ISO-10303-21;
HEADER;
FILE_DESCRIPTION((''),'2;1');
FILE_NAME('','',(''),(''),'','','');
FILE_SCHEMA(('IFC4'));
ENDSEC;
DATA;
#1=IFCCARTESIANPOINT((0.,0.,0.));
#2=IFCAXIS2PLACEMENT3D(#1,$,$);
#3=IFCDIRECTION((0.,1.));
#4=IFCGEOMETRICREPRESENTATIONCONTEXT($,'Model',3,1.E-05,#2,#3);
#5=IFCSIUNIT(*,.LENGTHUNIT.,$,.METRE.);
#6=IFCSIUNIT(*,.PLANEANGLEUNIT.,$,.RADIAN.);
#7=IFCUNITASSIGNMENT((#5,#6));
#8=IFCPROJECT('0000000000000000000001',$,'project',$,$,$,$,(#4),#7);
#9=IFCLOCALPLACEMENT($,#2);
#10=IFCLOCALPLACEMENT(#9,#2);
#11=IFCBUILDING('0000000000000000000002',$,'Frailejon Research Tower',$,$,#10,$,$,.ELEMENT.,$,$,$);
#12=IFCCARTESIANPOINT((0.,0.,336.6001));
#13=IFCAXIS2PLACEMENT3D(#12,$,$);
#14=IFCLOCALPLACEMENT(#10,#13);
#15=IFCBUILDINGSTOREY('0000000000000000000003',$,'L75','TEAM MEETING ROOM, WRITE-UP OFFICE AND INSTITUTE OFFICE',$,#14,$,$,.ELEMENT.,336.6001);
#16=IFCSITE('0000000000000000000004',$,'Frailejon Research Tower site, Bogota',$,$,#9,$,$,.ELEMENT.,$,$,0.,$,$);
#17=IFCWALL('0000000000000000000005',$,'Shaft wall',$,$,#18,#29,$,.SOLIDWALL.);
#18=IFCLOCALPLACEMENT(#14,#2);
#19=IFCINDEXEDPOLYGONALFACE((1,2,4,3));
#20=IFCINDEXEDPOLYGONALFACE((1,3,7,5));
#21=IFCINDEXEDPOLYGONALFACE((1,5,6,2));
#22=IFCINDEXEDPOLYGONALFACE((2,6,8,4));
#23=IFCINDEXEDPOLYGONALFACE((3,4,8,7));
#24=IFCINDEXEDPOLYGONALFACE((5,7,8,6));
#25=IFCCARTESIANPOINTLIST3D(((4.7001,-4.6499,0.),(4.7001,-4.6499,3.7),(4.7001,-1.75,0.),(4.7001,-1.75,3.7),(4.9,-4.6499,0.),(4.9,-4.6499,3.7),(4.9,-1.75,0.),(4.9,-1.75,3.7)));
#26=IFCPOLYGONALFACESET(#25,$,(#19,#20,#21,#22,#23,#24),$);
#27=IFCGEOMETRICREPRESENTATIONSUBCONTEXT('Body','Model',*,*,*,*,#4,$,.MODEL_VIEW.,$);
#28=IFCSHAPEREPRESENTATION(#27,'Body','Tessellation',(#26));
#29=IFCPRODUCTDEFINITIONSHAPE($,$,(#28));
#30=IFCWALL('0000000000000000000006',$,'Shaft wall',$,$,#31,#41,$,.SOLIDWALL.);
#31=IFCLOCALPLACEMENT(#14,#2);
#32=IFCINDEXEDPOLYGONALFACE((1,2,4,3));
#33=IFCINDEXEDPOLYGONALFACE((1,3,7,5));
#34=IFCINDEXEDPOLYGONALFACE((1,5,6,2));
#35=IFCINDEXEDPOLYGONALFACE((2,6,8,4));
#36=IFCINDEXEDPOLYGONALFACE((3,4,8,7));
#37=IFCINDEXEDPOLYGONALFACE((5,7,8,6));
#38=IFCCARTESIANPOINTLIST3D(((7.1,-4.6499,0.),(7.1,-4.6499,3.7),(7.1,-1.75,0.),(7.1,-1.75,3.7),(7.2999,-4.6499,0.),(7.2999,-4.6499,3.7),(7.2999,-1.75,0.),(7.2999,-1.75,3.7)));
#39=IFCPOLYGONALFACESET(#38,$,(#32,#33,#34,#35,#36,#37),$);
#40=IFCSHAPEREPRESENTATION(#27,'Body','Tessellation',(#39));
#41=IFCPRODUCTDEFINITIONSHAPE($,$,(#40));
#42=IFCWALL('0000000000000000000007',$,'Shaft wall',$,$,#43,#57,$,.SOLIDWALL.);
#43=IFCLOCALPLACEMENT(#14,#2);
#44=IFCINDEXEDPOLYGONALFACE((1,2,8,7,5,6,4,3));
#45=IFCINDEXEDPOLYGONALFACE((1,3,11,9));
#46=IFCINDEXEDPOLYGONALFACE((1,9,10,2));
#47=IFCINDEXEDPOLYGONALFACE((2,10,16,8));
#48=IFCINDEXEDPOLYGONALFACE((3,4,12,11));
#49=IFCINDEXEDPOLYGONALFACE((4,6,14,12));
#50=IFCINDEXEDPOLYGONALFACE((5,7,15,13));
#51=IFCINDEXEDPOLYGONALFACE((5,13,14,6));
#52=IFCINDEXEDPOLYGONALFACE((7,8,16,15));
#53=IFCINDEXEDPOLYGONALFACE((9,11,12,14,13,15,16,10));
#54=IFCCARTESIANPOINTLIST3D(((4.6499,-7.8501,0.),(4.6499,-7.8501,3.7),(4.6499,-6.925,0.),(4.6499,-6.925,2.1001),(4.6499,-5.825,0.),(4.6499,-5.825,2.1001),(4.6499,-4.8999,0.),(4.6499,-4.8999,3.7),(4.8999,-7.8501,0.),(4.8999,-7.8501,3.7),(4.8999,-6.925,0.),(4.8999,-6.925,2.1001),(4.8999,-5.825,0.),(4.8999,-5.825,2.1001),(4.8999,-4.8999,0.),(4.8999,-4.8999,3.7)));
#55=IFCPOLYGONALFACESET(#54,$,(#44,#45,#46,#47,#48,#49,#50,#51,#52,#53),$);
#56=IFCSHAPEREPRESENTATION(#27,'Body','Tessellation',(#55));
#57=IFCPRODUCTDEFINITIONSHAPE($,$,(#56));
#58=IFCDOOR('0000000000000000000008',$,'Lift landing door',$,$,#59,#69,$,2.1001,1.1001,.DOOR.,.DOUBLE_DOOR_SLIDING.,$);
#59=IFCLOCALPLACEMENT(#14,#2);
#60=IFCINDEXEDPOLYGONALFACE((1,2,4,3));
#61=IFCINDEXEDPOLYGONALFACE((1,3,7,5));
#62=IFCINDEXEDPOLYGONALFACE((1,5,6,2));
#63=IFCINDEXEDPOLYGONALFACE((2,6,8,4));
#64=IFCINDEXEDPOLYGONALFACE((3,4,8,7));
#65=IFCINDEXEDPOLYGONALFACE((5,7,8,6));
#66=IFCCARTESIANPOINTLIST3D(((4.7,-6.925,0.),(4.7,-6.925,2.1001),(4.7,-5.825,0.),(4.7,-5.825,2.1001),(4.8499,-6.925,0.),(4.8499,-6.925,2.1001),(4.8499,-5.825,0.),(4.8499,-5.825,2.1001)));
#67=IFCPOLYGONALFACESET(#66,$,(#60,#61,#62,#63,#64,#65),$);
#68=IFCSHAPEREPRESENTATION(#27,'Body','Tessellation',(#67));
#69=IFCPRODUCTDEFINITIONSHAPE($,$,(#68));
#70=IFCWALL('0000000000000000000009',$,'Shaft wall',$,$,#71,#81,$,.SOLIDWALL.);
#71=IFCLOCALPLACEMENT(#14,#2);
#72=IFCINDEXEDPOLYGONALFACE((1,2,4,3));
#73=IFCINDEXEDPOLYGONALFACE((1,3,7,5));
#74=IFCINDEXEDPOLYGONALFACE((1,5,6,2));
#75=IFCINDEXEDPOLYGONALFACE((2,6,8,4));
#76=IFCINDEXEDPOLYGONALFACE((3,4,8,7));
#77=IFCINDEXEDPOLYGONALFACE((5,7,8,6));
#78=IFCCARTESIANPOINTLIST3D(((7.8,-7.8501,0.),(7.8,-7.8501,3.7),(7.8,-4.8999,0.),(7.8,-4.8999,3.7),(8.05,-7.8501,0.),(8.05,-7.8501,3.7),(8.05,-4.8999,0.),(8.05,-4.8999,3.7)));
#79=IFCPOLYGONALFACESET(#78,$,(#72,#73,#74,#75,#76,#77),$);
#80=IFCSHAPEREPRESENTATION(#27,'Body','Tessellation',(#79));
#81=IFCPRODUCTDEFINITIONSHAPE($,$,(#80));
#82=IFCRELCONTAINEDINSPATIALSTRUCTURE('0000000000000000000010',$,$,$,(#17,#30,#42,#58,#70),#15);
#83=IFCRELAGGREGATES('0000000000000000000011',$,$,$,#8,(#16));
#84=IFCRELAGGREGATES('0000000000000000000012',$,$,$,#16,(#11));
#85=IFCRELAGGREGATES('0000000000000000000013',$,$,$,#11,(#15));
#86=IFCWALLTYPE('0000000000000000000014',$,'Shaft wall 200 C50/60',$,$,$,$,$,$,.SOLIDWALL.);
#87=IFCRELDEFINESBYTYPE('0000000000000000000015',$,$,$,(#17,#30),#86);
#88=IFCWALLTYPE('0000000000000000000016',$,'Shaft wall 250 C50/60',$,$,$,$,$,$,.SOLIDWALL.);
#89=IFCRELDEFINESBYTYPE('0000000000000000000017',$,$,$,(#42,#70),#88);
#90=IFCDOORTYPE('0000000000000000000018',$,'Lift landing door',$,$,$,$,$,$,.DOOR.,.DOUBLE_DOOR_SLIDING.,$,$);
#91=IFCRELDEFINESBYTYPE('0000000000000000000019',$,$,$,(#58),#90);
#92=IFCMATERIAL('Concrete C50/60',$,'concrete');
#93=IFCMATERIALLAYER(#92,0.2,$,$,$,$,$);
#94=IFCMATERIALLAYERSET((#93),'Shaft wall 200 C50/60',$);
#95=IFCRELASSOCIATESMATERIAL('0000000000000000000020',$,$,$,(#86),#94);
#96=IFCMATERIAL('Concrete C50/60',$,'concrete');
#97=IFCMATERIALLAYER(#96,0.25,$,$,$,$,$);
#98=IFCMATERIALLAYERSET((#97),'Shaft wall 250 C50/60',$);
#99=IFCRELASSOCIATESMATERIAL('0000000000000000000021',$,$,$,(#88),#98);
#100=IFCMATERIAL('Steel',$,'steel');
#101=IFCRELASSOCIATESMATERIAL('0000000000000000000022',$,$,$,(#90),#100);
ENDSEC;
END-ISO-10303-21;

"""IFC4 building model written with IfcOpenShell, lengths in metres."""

from ifc_helpers import new_model, si_unit, direction, frame, frame_2d, origin, place, context, subcontext, project, spatial, rectangle, extrude, material, layer, layer_set, type_object, element, fill, save


model = new_model("IFC4")

# Units and contexts
model_context = context("Model", 3, precision=1e-05, world=origin(), true_north=direction((0.0, 1.0)))
body_context = subcontext(model_context, "Body", "Model", "MODEL_VIEW")
ifc_project = project(units=[si_unit("LENGTHUNIT", "METRE"), si_unit("PLANEANGLEUNIT", "RADIAN")], contexts=[model_context])

# Site, building, storey
site_placement = place(None, origin())
site = spatial("IfcSite", under=ifc_project, at=site_placement, Name="Frailejon Research Tower site, Bogota", CompositionType="ELEMENT", RefElevation=0.0)
building_placement = place(site_placement, origin())
building = spatial("IfcBuilding", under=site, at=building_placement, Name="Frailejon Research Tower", CompositionType="ELEMENT")
storey_placement = place(building_placement, frame((0.0, 0.0, 336.6001)))
storey = spatial("IfcBuildingStorey", under=building, at=storey_placement, Name="L75", Description="TEAM MEETING ROOM, WRITE-UP OFFICE AND INSTITUTE OFFICE", CompositionType="ELEMENT", Elevation=336.6001)

# Walls
ifc_material_1 = material(Name="Concrete C50/60", Category="concrete")
ifc_layer_1 = layer(ifc_material_1, 0.2)
ifc_layer_set_1 = layer_set([ifc_layer_1], Name="Shaft wall 200 C50/60")
wall_type_1 = type_object("IfcWallType", Name="Shaft wall 200 C50/60", PredefinedType="SOLIDWALL", material=ifc_layer_set_1)
for number, where, z_axis, x_axis, name in (
    (1, (4.8, -4.6499, 0.0), (0.0, 0.0, 1.0), (0.0, 1.0, 0.0), "Shaft wall"),
    (2, (7.2, -4.6499, 0.0), (0.0, 0.0, 1.0), (0.0, 1.0, 0.0), "Shaft wall"),
):
    element("IfcWall", number, at=place(storey_placement, frame(where, z_axis=z_axis, x_axis=x_axis)), inside=storey, type_object=wall_type_1, Name=name, PredefinedType="SOLIDWALL", context=body_context, shape_type="SweptSolid", body=[
        extrude(rectangle(XDim=2.8999, YDim=0.2, at=frame_2d((1.45, 0.0))), origin(), (0.0, 0.0, 1.0), 3.7),
    ])

# Wall, opening, door
ifc_material_2 = material(Name="Concrete C50/60", Category="concrete")
ifc_layer_2 = layer(ifc_material_2, 0.25)
ifc_layer_set_2 = layer_set([ifc_layer_2], Name="Shaft wall 250 C50/60")
wall_type_2 = type_object("IfcWallType", Name="Shaft wall 250 C50/60", PredefinedType="SOLIDWALL", material=ifc_layer_set_2)
wall_1_placement = place(storey_placement, frame((4.7749, -7.8501, 0.0), z_axis=(0.0, 0.0, 1.0), x_axis=(0.0, 1.0, 0.0)))
wall_1 = element("IfcWall", 3, at=wall_1_placement, inside=storey, type_object=wall_type_2, Name="Shaft wall", PredefinedType="SOLIDWALL", context=body_context, shape_type="SweptSolid", body=[
    extrude(rectangle(XDim=2.9502, YDim=0.25, at=frame_2d((1.4751, 0.0))), origin(), (0.0, 0.0, 1.0), 3.7),
])
opening_1_placement = place(wall_1_placement, frame((0.925, 0.0, 0.0)))
opening_1 = element("IfcOpeningElement", 4, at=opening_1_placement, cuts=wall_1, PredefinedType="OPENING", context=body_context, shape_type="SweptSolid", body=[
    extrude(rectangle(XDim=1.1001, YDim=2.1001, at=frame_2d((0.55, 1.05))), frame((0.0, 0.135, 0.0), z_axis=(0.0, -1.0, 0.0), x_axis=(1.0, 0.0, 0.0)), (0.0, 0.0, 1.0), 0.27),
])
ifc_material_3 = material(Name="Steel", Category="steel")
door_type_1 = type_object("IfcDoorType", Name="Lift landing door", OperationType="DOUBLE_DOOR_SLIDING", PredefinedType="DOOR", material=ifc_material_3)
door_1_placement = place(opening_1_placement, origin())
door_1 = element("IfcDoor", 5, at=door_1_placement, inside=storey, type_object=door_type_1, Name="Lift landing door", OperationType="DOUBLE_DOOR_SLIDING", OverallHeight=2.1001, OverallWidth=1.1001, PredefinedType="DOOR", context=body_context, shape_type="SweptSolid", body=[
    extrude(rectangle(XDim=1.1001, YDim=2.1001, at=frame_2d((0.55, 1.05))), frame((0.0, 0.075, 0.0), z_axis=(0.0, -1.0, 0.0), x_axis=(1.0, 0.0, 0.0)), (0.0, 0.0, 1.0), 0.1499),
])
fill(opening_1, door_1)

# Wall
wall_2_placement = place(storey_placement, frame((7.925, -7.8501, 0.0), z_axis=(0.0, 0.0, 1.0), x_axis=(0.0, 1.0, 0.0)))
element("IfcWall", 6, at=wall_2_placement, inside=storey, type_object=wall_type_2, Name="Shaft wall", PredefinedType="SOLIDWALL", context=body_context, shape_type="SweptSolid", body=[
    extrude(rectangle(XDim=2.9502, YDim=0.25, at=frame_2d((1.4751, 0.0))), origin(), (0.0, 0.0, 1.0), 3.7),
])

save(model, "model.ifc")
